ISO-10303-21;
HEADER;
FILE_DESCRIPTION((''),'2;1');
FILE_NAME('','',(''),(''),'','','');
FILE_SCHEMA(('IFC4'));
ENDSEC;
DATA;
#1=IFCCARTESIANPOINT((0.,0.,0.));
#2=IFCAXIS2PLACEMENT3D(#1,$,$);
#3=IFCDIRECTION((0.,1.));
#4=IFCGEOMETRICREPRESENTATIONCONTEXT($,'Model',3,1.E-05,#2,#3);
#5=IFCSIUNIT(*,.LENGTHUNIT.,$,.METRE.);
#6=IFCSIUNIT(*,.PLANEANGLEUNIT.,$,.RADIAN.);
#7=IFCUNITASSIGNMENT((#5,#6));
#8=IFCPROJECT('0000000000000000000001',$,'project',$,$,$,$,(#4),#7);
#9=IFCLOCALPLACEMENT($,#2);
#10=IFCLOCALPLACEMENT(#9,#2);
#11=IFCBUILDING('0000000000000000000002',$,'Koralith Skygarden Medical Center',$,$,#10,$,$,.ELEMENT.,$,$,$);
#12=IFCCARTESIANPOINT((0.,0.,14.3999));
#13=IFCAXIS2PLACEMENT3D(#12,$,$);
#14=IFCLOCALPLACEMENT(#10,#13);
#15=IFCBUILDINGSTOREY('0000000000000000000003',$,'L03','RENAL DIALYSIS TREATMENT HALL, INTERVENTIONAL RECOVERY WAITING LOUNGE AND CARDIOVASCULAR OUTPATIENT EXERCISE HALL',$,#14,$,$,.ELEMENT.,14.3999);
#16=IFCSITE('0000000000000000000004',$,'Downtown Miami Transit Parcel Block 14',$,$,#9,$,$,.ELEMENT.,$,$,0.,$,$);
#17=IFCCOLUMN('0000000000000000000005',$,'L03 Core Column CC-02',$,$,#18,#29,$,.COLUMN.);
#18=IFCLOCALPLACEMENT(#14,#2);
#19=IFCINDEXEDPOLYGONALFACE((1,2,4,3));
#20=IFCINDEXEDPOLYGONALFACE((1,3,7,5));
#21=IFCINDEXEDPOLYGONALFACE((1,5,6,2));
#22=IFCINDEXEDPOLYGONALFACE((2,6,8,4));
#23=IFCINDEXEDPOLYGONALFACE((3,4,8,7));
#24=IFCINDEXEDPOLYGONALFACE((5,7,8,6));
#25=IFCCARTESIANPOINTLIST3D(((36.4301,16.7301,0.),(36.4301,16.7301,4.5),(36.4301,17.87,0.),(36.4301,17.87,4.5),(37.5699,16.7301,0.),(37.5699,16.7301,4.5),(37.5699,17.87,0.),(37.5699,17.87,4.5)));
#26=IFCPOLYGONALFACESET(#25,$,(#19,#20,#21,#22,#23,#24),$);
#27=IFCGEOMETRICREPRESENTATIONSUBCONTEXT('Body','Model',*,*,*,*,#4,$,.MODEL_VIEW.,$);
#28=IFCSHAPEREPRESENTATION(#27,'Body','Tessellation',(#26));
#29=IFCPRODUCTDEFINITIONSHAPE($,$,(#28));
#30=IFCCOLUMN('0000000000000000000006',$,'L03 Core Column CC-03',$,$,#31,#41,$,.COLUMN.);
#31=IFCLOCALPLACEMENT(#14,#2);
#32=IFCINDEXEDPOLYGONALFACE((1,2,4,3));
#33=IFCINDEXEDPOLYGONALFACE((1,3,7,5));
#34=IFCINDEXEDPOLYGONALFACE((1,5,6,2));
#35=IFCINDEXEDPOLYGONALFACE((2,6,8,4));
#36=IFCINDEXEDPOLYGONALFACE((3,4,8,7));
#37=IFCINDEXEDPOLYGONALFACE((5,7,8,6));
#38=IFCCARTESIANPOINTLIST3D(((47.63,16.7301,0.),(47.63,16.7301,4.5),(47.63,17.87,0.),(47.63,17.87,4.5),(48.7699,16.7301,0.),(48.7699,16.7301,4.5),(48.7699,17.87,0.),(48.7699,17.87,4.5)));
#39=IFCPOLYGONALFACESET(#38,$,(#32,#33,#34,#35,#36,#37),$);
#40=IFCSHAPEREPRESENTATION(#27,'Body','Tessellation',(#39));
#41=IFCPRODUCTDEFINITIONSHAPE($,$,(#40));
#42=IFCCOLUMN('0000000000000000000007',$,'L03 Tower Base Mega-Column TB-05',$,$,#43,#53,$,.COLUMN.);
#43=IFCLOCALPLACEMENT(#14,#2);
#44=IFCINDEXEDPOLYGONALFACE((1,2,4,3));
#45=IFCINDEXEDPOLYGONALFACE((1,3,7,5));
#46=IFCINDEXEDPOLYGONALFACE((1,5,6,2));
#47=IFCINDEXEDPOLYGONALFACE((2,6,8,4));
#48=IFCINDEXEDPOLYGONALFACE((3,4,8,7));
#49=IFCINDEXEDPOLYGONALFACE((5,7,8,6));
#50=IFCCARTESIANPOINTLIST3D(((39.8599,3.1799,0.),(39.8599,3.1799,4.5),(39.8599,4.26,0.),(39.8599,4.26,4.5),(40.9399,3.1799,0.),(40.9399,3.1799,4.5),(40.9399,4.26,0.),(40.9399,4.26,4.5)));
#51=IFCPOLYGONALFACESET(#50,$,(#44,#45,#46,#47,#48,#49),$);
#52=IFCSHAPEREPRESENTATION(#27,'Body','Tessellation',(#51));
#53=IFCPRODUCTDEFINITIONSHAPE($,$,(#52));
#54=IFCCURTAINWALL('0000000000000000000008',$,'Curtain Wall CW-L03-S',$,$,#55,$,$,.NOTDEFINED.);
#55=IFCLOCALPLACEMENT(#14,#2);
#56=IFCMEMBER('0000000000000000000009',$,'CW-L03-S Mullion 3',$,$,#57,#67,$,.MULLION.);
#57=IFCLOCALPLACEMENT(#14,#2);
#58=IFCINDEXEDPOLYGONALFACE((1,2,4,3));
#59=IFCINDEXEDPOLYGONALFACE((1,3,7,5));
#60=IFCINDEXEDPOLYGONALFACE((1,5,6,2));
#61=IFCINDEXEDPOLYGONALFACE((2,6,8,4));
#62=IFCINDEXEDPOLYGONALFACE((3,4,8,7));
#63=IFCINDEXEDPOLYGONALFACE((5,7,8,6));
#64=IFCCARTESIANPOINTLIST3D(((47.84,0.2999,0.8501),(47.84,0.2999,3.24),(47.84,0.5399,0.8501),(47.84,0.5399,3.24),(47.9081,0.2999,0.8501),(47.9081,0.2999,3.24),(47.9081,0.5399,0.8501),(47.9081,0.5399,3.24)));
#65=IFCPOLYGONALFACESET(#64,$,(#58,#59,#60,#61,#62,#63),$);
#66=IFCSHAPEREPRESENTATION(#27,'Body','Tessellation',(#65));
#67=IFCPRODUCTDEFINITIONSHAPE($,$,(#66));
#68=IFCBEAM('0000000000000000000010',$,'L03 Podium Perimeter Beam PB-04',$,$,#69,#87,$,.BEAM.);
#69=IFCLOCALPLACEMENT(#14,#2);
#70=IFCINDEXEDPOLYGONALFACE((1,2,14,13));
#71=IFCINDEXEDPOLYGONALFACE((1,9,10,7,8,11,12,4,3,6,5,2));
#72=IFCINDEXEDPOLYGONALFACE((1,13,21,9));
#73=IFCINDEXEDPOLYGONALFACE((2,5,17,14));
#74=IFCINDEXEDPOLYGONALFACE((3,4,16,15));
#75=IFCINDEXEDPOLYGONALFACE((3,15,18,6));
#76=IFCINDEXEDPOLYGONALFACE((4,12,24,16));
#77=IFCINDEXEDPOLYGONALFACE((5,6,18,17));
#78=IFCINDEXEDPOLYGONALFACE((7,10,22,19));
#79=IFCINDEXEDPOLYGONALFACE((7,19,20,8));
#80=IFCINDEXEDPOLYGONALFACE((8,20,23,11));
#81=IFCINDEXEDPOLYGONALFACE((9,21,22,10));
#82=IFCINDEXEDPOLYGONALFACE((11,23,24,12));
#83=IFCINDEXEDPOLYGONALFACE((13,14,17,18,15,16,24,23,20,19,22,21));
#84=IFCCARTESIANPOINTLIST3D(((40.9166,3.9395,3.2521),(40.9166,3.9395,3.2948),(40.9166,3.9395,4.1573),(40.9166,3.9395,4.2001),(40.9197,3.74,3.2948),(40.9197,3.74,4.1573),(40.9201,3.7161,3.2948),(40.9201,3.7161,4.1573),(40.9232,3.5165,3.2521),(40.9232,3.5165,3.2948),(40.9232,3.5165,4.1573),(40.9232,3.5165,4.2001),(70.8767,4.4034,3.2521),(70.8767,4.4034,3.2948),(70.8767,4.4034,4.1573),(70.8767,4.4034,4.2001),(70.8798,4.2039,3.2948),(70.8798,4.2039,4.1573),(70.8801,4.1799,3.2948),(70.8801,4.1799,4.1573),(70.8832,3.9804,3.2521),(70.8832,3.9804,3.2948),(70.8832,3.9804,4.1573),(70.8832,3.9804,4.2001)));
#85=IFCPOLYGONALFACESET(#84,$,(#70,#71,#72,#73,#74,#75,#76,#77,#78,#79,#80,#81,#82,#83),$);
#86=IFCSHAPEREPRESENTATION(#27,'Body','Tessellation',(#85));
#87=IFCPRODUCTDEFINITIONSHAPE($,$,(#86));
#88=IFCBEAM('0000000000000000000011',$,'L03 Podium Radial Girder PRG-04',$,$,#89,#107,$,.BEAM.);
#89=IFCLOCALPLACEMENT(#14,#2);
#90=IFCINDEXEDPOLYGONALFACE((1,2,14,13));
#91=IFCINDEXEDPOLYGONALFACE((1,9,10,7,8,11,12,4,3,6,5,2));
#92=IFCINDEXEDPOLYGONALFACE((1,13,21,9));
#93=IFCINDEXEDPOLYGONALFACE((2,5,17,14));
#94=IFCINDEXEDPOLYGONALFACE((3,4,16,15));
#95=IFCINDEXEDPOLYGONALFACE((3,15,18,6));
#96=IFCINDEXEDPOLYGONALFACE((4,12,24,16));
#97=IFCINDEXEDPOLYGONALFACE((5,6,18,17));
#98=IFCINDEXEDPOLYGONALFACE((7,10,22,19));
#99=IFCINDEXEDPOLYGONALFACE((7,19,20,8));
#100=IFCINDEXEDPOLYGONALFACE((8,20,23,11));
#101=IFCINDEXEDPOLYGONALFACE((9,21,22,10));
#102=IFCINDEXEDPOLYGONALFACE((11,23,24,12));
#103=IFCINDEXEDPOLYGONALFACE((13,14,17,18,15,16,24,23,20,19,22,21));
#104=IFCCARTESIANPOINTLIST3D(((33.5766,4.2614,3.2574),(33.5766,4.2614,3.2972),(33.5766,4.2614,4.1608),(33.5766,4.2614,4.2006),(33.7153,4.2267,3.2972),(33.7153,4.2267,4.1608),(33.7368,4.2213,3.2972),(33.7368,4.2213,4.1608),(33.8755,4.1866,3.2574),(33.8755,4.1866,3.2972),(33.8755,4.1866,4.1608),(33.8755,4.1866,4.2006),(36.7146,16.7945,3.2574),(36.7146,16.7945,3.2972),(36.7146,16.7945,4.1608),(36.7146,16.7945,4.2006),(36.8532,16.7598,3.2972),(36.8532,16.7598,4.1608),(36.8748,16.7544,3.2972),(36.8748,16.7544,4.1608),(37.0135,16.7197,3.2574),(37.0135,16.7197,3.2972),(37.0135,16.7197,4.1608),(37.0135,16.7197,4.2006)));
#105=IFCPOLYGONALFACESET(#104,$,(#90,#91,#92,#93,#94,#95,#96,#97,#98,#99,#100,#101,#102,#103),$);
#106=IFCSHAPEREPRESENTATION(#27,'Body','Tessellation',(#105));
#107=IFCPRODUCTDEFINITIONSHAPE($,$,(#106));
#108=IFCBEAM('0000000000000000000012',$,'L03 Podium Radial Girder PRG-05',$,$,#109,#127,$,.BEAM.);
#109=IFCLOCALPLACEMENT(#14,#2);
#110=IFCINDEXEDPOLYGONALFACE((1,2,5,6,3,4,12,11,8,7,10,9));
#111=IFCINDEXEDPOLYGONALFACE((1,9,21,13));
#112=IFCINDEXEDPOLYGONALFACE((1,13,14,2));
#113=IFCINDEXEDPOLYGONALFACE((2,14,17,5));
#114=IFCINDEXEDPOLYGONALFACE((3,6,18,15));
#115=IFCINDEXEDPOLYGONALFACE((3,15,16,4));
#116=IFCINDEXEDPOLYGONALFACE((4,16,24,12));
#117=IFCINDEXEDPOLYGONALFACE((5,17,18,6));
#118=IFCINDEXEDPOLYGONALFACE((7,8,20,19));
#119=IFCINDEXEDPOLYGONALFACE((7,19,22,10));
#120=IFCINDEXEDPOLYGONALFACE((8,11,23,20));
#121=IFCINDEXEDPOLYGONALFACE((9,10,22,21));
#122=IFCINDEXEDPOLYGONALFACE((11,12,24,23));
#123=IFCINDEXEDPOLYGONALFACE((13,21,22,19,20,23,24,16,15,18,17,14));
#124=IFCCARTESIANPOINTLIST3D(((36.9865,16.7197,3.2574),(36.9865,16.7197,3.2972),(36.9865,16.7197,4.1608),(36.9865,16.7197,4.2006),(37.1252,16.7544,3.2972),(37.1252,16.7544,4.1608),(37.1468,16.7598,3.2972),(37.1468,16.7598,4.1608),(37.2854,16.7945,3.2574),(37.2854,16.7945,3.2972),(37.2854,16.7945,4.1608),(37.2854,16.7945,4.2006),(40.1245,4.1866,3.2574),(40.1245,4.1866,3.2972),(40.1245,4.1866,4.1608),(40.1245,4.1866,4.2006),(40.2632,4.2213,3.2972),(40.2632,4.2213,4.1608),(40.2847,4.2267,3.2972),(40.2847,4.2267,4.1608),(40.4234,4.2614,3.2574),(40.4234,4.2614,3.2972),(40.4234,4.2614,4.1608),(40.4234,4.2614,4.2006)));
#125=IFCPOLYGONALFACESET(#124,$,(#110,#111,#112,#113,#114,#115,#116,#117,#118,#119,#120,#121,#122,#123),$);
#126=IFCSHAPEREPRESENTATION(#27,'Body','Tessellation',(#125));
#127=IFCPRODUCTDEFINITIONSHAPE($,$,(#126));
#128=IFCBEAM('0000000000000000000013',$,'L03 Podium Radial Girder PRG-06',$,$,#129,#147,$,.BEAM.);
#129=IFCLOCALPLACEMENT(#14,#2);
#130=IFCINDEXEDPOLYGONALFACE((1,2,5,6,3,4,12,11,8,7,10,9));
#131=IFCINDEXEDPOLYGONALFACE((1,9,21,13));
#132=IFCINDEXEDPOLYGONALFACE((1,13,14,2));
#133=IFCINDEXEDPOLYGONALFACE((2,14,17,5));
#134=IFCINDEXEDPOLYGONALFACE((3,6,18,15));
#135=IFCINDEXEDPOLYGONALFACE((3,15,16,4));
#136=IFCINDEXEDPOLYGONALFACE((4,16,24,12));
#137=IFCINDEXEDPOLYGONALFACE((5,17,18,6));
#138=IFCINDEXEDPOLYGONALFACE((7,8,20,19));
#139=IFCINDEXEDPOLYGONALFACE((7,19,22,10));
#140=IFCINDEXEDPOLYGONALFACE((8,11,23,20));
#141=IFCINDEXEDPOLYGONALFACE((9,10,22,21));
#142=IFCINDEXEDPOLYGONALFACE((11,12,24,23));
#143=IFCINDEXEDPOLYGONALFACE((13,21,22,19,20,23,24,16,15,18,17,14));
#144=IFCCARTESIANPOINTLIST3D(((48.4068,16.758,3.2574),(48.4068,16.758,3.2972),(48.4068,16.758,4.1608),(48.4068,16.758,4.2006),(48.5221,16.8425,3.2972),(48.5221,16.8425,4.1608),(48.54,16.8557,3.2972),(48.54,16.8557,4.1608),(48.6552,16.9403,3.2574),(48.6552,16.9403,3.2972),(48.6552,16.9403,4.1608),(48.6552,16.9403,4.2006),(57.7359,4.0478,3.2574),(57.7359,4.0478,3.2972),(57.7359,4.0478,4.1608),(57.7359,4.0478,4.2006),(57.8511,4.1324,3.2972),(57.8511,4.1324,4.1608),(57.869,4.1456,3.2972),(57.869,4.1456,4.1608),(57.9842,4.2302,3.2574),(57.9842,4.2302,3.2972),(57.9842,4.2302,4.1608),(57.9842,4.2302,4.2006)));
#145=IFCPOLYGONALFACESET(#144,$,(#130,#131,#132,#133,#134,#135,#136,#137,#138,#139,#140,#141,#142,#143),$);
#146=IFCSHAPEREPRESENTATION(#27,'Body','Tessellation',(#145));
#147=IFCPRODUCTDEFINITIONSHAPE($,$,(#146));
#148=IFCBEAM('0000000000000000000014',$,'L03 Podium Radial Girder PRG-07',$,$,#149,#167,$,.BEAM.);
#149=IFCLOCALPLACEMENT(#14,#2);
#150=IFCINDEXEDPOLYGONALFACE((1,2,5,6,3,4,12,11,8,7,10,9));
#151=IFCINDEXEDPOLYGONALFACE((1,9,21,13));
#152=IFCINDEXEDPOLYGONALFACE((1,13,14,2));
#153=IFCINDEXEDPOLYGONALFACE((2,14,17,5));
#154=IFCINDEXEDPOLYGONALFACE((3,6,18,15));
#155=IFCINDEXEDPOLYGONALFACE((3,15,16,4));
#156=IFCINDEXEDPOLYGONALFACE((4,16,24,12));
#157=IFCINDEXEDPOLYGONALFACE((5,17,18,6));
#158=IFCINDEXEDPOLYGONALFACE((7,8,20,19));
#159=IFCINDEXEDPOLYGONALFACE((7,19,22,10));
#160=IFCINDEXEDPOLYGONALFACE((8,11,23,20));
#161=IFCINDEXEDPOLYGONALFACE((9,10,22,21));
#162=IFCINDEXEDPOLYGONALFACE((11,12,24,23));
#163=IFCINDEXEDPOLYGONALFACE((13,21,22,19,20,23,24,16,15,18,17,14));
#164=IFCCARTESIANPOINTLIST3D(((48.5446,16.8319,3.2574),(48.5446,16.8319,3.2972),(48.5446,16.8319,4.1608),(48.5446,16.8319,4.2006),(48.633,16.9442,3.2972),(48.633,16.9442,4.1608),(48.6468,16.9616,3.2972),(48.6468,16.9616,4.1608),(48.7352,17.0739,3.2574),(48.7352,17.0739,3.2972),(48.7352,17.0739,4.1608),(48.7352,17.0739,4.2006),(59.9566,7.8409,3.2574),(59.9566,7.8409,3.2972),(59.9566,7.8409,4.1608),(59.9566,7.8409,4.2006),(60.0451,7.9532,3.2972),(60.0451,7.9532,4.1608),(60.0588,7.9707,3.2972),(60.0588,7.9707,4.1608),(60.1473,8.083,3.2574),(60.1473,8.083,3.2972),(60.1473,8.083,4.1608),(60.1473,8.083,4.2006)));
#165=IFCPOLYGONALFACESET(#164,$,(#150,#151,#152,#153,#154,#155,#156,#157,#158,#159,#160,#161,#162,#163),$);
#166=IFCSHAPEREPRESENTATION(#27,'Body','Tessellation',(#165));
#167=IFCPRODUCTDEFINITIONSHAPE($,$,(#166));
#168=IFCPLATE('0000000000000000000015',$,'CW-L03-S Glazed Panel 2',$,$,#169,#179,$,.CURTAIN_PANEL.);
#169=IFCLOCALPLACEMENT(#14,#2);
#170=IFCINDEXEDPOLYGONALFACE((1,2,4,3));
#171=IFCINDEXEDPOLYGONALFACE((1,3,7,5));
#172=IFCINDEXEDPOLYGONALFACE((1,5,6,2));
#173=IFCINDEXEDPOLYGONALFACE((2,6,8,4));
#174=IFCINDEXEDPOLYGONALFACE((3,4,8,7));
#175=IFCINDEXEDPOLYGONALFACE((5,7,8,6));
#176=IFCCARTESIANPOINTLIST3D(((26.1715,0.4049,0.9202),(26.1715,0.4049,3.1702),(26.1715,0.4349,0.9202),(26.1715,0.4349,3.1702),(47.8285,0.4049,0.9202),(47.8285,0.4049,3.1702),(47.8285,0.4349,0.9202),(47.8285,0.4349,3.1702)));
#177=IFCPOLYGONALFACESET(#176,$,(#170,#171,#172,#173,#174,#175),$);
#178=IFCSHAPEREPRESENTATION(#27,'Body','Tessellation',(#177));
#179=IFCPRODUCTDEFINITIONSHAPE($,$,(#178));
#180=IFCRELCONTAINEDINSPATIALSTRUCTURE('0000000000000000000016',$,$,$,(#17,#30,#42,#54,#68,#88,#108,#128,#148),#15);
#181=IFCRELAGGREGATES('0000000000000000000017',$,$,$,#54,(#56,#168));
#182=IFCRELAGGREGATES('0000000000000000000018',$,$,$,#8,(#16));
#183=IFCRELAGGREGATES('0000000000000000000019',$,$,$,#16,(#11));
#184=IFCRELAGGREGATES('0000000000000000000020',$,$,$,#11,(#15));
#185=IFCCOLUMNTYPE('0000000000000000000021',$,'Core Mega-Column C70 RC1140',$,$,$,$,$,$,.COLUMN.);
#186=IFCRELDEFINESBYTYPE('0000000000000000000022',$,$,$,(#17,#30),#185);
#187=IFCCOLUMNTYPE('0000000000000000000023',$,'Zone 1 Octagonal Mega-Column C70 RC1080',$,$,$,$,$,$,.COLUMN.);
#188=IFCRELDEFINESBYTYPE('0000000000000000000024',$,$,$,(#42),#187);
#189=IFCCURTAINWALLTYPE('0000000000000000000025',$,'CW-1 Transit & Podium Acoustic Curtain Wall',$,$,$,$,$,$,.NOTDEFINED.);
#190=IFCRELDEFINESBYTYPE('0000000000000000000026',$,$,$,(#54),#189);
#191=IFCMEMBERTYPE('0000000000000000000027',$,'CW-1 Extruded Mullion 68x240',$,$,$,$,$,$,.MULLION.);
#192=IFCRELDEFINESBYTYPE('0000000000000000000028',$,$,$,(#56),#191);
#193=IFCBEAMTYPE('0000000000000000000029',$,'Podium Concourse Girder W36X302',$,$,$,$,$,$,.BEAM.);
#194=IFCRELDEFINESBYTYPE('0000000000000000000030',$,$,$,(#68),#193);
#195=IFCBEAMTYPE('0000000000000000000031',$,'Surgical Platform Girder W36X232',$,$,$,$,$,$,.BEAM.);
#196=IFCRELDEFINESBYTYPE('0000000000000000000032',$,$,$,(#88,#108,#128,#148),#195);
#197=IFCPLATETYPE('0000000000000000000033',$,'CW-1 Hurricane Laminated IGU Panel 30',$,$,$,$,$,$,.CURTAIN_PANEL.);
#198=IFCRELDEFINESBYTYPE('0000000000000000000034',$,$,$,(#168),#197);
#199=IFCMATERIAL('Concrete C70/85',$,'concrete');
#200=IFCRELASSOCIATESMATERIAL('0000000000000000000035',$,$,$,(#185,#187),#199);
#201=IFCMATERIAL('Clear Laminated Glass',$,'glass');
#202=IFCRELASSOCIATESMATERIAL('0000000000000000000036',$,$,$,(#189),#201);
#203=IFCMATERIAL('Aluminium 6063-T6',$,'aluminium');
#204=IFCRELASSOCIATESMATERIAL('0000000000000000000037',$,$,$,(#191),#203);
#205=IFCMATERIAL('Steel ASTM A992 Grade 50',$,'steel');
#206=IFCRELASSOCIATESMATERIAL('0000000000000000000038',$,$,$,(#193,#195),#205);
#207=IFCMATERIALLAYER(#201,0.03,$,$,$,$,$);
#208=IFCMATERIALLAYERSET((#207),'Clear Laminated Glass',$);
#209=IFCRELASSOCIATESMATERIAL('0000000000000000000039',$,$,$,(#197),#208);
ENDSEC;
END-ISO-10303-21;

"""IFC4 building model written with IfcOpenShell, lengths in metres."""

from ifc_helpers import new_model, si_unit, direction, frame, origin, origin_2d, place, context, subcontext, project, spatial, rectangle, i_section, extrude, material, layer, layer_set, material_profile, profile_set, type_object, element, aggregate, save


model = new_model("IFC4")

# Units and contexts
model_context = context("Model", 3, precision=1e-05, world=origin(), true_north=direction((0.0, 1.0)))
body_context = subcontext(model_context, "Body", "Model", "MODEL_VIEW")
ifc_project = project(units=[si_unit("LENGTHUNIT", "METRE"), si_unit("PLANEANGLEUNIT", "RADIAN")], contexts=[model_context])

# Site, building, storey
site_placement = place(None, origin())
site = spatial("IfcSite", under=ifc_project, at=site_placement, Name="Downtown Miami Transit Parcel Block 14", CompositionType="ELEMENT", RefElevation=0.0)
building_placement = place(site_placement, origin())
building = spatial("IfcBuilding", under=site, at=building_placement, Name="Koralith Skygarden Medical Center", CompositionType="ELEMENT")
storey_placement = place(building_placement, frame((0.0, 0.0, 14.3999)))
storey = spatial("IfcBuildingStorey", under=building, at=storey_placement, Name="L03", Description="RENAL DIALYSIS TREATMENT HALL, INTERVENTIONAL RECOVERY WAITING LOUNGE AND CARDIOVASCULAR OUTPATIENT EXERCISE HALL", CompositionType="ELEMENT", Elevation=14.3999)

# Columns
ifc_material_1 = material(Name="Concrete C70/85", Category="concrete")
ifc_material_profile_1 = material_profile(ifc_material_1, rectangle(XDim=1.1399, YDim=1.1399, at=origin_2d()), Name="RC1140X1140")
ifc_profile_set_1 = profile_set([ifc_material_profile_1], Name="Concrete C70/85")
column_type_1 = type_object("IfcColumnType", Name="Core Mega-Column C70 RC1140", PredefinedType="COLUMN", material=ifc_profile_set_1)
for number, where, z_axis, x_axis, name in (
    (1, (37.0, 17.3, 0.0), (0.0, 0.0, 1.0), (1.0, 0.0, 0.0), "L03 Core Column CC-02"),
    (2, (48.2, 17.3, 0.0), (0.0, 0.0, 1.0), (1.0, 0.0, 0.0), "L03 Core Column CC-03"),
):
    element("IfcColumn", number, at=place(storey_placement, frame(where, z_axis=z_axis, x_axis=x_axis)), inside=storey, type_object=column_type_1, Name=name, PredefinedType="COLUMN", context=body_context, shape_type="SweptSolid", body=[
        extrude(rectangle(XDim=1.1399, YDim=1.1399, at=origin_2d()), origin(), (0.0, 0.0, 1.0), 4.5),
    ])
ifc_material_profile_2 = material_profile(ifc_material_1, rectangle(XDim=1.0801, YDim=1.0801, at=origin_2d()), Name="RC1080X1080")
ifc_profile_set_2 = profile_set([ifc_material_profile_2], Name="Concrete C70/85")
column_type_2 = type_object("IfcColumnType", Name="Zone 1 Octagonal Mega-Column C70 RC1080", PredefinedType="COLUMN", material=ifc_profile_set_2)
column_placement = place(storey_placement, frame((40.3999, 3.72, 0.0), z_axis=(0.0, 0.0, 1.0), x_axis=(1.0, 0.0, 0.0)))
element("IfcColumn", 3, at=column_placement, inside=storey, type_object=column_type_2, Name="L03 Tower Base Mega-Column TB-05", PredefinedType="COLUMN", context=body_context, shape_type="SweptSolid", body=[
    extrude(rectangle(XDim=1.0801, YDim=1.0801, at=origin_2d()), origin(), (0.0, 0.0, 1.0), 4.5),
])

# Curtain wall, member
ifc_material_2 = material(Name="Clear Laminated Glass", Category="glass")
curtain_wall_type = type_object("IfcCurtainWallType", Name="CW-1 Transit & Podium Acoustic Curtain Wall", PredefinedType="NOTDEFINED", material=ifc_material_2)
curtain_wall_placement = place(storey_placement, origin())
curtain_wall = element("IfcCurtainWall", 4, at=curtain_wall_placement, inside=storey, type_object=curtain_wall_type, Name="Curtain Wall CW-L03-S", PredefinedType="NOTDEFINED")
ifc_material_3 = material(Name="Aluminium 6063-T6", Category="aluminium")
ifc_material_profile_3 = material_profile(ifc_material_3, rectangle(XDim=0.0681, YDim=0.24, at=origin_2d()), Name="MUL68X240")
ifc_profile_set_3 = profile_set([ifc_material_profile_3], Name="Aluminium 6063-T6")
member_type = type_object("IfcMemberType", Name="CW-1 Extruded Mullion 68x240", PredefinedType="MULLION", material=ifc_profile_set_3)
member_placement = place(storey_placement, frame((47.874, 0.4199, 0.8501), z_axis=(0.0, 0.0, 1.0), x_axis=(1.0, 0.0, 0.0)))
member = element("IfcMember", 5, at=member_placement, type_object=member_type, Name="CW-L03-S Mullion 3", PredefinedType="MULLION", context=body_context, shape_type="SweptSolid", body=[
    extrude(rectangle(XDim=0.0681, YDim=0.24, at=origin_2d()), origin(), (0.0, 0.0, 1.0), 2.3899),
])

# Beams
ifc_material_4 = material(Name="Steel ASTM A992 Grade 50", Category="steel")
ifc_material_profile_4 = material_profile(ifc_material_4, i_section(OverallWidth=0.4231, OverallDepth=0.948, WebThickness=0.0239, FlangeThickness=0.0427, at=origin_2d()), Name="W36X302")
ifc_profile_set_4 = profile_set([ifc_material_profile_4], Name="Steel ASTM A992 Grade 50")
beam_type_1 = type_object("IfcBeamType", Name="Podium Concourse Girder W36X302", PredefinedType="BEAM", material=ifc_profile_set_4)
beam_1_placement = place(storey_placement, frame((40.9199, 3.728, 3.7261), z_axis=(0.99988, 0.015481, 0.0), x_axis=(-0.015481, 0.99988, 0.0)))
element("IfcBeam", 6, at=beam_1_placement, inside=storey, type_object=beam_type_1, Name="L03 Podium Perimeter Beam PB-04", PredefinedType="BEAM", context=body_context, shape_type="SweptSolid", body=[
    extrude(i_section(OverallWidth=0.4231, OverallDepth=0.948, WebThickness=0.0239, FlangeThickness=0.0427, at=origin_2d()), origin(), (0.0, 0.0, 1.0), 29.9636),
])
ifc_material_profile_5 = material_profile(ifc_material_4, i_section(OverallWidth=0.3081, OverallDepth=0.9431, WebThickness=0.0222, FlangeThickness=0.0398, at=origin_2d()), Name="W36X232")
ifc_profile_set_5 = profile_set([ifc_material_profile_5], Name="Steel ASTM A992 Grade 50")
beam_type_2 = type_object("IfcBeamType", Name="Surgical Platform Girder W36X232", PredefinedType="BEAM", material=ifc_profile_set_5)
for number, where, z_axis, x_axis, name in (
    (7, (36.864, 16.7571, 3.729), (-0.242878, -0.970057, 0.0), (0.970057, -0.242878, 0.0), "L03 Podium Radial Girder PRG-04"),
    (8, (37.136, 16.7571, 3.729), (0.242878, -0.970057, 0.0), (0.970057, 0.242878, 0.0), "L03 Podium Radial Girder PRG-05"),
):
    element("IfcBeam", number, at=place(storey_placement, frame(where, z_axis=z_axis, x_axis=x_axis)), inside=storey, type_object=beam_type_2, Name=name, PredefinedType="BEAM", context=body_context, shape_type="SweptSolid", body=[
        extrude(i_section(OverallWidth=0.3081, OverallDepth=0.9431, WebThickness=0.0222, FlangeThickness=0.0398, at=origin_2d()), origin(), (0.0, 0.0, 1.0), 12.9199),
    ])
beam_2_placement = place(storey_placement, frame((48.531, 16.8491, 3.729), z_axis=(0.591705, -0.806154, 0.0), x_axis=(0.806154, 0.591705, 0.0)))
element("IfcBeam", 9, at=beam_2_placement, inside=storey, type_object=beam_type_2, Name="L03 Podium Radial Girder PRG-06", PredefinedType="BEAM", context=body_context, shape_type="SweptSolid", body=[
    extrude(i_section(OverallWidth=0.3081, OverallDepth=0.9431, WebThickness=0.0222, FlangeThickness=0.0398, at=origin_2d()), origin(), (0.0, 0.0, 1.0), 15.7664),
])
beam_3_placement = place(storey_placement, frame((48.6399, 16.9529, 3.729), z_axis=(0.785505, -0.618856, 0.0), x_axis=(0.618856, 0.785505, 0.0)))
element("IfcBeam", 10, at=beam_3_placement, inside=storey, type_object=beam_type_2, Name="L03 Podium Radial Girder PRG-07", PredefinedType="BEAM", context=body_context, shape_type="SweptSolid", body=[
    extrude(i_section(OverallWidth=0.3081, OverallDepth=0.9431, WebThickness=0.0222, FlangeThickness=0.0398, at=origin_2d()), origin(), (0.0, 0.0, 1.0), 14.5283),
])

# Plate
ifc_layer_1 = layer(ifc_material_2, 0.03)
ifc_layer_set_1 = layer_set([ifc_layer_1], Name="Clear Laminated Glass")
plate_type = type_object("IfcPlateType", Name="CW-1 Hurricane Laminated IGU Panel 30", PredefinedType="CURTAIN_PANEL", material=ifc_layer_set_1)
plate_placement = place(storey_placement, frame((37.0, 0.4199, 0.9202), z_axis=(0.0, 0.0, 1.0), x_axis=(1.0, 0.0, 0.0)))
plate = element("IfcPlate", 11, at=plate_placement, type_object=plate_type, Name="CW-L03-S Glazed Panel 2", PredefinedType="CURTAIN_PANEL", context=body_context, shape_type="SweptSolid", body=[
    extrude(rectangle(XDim=21.657, YDim=0.03, at=origin_2d()), origin(), (0.0, 0.0, 1.0), 2.25),
])
aggregate(curtain_wall, [member, plate])

save(model, "model.ifc")
